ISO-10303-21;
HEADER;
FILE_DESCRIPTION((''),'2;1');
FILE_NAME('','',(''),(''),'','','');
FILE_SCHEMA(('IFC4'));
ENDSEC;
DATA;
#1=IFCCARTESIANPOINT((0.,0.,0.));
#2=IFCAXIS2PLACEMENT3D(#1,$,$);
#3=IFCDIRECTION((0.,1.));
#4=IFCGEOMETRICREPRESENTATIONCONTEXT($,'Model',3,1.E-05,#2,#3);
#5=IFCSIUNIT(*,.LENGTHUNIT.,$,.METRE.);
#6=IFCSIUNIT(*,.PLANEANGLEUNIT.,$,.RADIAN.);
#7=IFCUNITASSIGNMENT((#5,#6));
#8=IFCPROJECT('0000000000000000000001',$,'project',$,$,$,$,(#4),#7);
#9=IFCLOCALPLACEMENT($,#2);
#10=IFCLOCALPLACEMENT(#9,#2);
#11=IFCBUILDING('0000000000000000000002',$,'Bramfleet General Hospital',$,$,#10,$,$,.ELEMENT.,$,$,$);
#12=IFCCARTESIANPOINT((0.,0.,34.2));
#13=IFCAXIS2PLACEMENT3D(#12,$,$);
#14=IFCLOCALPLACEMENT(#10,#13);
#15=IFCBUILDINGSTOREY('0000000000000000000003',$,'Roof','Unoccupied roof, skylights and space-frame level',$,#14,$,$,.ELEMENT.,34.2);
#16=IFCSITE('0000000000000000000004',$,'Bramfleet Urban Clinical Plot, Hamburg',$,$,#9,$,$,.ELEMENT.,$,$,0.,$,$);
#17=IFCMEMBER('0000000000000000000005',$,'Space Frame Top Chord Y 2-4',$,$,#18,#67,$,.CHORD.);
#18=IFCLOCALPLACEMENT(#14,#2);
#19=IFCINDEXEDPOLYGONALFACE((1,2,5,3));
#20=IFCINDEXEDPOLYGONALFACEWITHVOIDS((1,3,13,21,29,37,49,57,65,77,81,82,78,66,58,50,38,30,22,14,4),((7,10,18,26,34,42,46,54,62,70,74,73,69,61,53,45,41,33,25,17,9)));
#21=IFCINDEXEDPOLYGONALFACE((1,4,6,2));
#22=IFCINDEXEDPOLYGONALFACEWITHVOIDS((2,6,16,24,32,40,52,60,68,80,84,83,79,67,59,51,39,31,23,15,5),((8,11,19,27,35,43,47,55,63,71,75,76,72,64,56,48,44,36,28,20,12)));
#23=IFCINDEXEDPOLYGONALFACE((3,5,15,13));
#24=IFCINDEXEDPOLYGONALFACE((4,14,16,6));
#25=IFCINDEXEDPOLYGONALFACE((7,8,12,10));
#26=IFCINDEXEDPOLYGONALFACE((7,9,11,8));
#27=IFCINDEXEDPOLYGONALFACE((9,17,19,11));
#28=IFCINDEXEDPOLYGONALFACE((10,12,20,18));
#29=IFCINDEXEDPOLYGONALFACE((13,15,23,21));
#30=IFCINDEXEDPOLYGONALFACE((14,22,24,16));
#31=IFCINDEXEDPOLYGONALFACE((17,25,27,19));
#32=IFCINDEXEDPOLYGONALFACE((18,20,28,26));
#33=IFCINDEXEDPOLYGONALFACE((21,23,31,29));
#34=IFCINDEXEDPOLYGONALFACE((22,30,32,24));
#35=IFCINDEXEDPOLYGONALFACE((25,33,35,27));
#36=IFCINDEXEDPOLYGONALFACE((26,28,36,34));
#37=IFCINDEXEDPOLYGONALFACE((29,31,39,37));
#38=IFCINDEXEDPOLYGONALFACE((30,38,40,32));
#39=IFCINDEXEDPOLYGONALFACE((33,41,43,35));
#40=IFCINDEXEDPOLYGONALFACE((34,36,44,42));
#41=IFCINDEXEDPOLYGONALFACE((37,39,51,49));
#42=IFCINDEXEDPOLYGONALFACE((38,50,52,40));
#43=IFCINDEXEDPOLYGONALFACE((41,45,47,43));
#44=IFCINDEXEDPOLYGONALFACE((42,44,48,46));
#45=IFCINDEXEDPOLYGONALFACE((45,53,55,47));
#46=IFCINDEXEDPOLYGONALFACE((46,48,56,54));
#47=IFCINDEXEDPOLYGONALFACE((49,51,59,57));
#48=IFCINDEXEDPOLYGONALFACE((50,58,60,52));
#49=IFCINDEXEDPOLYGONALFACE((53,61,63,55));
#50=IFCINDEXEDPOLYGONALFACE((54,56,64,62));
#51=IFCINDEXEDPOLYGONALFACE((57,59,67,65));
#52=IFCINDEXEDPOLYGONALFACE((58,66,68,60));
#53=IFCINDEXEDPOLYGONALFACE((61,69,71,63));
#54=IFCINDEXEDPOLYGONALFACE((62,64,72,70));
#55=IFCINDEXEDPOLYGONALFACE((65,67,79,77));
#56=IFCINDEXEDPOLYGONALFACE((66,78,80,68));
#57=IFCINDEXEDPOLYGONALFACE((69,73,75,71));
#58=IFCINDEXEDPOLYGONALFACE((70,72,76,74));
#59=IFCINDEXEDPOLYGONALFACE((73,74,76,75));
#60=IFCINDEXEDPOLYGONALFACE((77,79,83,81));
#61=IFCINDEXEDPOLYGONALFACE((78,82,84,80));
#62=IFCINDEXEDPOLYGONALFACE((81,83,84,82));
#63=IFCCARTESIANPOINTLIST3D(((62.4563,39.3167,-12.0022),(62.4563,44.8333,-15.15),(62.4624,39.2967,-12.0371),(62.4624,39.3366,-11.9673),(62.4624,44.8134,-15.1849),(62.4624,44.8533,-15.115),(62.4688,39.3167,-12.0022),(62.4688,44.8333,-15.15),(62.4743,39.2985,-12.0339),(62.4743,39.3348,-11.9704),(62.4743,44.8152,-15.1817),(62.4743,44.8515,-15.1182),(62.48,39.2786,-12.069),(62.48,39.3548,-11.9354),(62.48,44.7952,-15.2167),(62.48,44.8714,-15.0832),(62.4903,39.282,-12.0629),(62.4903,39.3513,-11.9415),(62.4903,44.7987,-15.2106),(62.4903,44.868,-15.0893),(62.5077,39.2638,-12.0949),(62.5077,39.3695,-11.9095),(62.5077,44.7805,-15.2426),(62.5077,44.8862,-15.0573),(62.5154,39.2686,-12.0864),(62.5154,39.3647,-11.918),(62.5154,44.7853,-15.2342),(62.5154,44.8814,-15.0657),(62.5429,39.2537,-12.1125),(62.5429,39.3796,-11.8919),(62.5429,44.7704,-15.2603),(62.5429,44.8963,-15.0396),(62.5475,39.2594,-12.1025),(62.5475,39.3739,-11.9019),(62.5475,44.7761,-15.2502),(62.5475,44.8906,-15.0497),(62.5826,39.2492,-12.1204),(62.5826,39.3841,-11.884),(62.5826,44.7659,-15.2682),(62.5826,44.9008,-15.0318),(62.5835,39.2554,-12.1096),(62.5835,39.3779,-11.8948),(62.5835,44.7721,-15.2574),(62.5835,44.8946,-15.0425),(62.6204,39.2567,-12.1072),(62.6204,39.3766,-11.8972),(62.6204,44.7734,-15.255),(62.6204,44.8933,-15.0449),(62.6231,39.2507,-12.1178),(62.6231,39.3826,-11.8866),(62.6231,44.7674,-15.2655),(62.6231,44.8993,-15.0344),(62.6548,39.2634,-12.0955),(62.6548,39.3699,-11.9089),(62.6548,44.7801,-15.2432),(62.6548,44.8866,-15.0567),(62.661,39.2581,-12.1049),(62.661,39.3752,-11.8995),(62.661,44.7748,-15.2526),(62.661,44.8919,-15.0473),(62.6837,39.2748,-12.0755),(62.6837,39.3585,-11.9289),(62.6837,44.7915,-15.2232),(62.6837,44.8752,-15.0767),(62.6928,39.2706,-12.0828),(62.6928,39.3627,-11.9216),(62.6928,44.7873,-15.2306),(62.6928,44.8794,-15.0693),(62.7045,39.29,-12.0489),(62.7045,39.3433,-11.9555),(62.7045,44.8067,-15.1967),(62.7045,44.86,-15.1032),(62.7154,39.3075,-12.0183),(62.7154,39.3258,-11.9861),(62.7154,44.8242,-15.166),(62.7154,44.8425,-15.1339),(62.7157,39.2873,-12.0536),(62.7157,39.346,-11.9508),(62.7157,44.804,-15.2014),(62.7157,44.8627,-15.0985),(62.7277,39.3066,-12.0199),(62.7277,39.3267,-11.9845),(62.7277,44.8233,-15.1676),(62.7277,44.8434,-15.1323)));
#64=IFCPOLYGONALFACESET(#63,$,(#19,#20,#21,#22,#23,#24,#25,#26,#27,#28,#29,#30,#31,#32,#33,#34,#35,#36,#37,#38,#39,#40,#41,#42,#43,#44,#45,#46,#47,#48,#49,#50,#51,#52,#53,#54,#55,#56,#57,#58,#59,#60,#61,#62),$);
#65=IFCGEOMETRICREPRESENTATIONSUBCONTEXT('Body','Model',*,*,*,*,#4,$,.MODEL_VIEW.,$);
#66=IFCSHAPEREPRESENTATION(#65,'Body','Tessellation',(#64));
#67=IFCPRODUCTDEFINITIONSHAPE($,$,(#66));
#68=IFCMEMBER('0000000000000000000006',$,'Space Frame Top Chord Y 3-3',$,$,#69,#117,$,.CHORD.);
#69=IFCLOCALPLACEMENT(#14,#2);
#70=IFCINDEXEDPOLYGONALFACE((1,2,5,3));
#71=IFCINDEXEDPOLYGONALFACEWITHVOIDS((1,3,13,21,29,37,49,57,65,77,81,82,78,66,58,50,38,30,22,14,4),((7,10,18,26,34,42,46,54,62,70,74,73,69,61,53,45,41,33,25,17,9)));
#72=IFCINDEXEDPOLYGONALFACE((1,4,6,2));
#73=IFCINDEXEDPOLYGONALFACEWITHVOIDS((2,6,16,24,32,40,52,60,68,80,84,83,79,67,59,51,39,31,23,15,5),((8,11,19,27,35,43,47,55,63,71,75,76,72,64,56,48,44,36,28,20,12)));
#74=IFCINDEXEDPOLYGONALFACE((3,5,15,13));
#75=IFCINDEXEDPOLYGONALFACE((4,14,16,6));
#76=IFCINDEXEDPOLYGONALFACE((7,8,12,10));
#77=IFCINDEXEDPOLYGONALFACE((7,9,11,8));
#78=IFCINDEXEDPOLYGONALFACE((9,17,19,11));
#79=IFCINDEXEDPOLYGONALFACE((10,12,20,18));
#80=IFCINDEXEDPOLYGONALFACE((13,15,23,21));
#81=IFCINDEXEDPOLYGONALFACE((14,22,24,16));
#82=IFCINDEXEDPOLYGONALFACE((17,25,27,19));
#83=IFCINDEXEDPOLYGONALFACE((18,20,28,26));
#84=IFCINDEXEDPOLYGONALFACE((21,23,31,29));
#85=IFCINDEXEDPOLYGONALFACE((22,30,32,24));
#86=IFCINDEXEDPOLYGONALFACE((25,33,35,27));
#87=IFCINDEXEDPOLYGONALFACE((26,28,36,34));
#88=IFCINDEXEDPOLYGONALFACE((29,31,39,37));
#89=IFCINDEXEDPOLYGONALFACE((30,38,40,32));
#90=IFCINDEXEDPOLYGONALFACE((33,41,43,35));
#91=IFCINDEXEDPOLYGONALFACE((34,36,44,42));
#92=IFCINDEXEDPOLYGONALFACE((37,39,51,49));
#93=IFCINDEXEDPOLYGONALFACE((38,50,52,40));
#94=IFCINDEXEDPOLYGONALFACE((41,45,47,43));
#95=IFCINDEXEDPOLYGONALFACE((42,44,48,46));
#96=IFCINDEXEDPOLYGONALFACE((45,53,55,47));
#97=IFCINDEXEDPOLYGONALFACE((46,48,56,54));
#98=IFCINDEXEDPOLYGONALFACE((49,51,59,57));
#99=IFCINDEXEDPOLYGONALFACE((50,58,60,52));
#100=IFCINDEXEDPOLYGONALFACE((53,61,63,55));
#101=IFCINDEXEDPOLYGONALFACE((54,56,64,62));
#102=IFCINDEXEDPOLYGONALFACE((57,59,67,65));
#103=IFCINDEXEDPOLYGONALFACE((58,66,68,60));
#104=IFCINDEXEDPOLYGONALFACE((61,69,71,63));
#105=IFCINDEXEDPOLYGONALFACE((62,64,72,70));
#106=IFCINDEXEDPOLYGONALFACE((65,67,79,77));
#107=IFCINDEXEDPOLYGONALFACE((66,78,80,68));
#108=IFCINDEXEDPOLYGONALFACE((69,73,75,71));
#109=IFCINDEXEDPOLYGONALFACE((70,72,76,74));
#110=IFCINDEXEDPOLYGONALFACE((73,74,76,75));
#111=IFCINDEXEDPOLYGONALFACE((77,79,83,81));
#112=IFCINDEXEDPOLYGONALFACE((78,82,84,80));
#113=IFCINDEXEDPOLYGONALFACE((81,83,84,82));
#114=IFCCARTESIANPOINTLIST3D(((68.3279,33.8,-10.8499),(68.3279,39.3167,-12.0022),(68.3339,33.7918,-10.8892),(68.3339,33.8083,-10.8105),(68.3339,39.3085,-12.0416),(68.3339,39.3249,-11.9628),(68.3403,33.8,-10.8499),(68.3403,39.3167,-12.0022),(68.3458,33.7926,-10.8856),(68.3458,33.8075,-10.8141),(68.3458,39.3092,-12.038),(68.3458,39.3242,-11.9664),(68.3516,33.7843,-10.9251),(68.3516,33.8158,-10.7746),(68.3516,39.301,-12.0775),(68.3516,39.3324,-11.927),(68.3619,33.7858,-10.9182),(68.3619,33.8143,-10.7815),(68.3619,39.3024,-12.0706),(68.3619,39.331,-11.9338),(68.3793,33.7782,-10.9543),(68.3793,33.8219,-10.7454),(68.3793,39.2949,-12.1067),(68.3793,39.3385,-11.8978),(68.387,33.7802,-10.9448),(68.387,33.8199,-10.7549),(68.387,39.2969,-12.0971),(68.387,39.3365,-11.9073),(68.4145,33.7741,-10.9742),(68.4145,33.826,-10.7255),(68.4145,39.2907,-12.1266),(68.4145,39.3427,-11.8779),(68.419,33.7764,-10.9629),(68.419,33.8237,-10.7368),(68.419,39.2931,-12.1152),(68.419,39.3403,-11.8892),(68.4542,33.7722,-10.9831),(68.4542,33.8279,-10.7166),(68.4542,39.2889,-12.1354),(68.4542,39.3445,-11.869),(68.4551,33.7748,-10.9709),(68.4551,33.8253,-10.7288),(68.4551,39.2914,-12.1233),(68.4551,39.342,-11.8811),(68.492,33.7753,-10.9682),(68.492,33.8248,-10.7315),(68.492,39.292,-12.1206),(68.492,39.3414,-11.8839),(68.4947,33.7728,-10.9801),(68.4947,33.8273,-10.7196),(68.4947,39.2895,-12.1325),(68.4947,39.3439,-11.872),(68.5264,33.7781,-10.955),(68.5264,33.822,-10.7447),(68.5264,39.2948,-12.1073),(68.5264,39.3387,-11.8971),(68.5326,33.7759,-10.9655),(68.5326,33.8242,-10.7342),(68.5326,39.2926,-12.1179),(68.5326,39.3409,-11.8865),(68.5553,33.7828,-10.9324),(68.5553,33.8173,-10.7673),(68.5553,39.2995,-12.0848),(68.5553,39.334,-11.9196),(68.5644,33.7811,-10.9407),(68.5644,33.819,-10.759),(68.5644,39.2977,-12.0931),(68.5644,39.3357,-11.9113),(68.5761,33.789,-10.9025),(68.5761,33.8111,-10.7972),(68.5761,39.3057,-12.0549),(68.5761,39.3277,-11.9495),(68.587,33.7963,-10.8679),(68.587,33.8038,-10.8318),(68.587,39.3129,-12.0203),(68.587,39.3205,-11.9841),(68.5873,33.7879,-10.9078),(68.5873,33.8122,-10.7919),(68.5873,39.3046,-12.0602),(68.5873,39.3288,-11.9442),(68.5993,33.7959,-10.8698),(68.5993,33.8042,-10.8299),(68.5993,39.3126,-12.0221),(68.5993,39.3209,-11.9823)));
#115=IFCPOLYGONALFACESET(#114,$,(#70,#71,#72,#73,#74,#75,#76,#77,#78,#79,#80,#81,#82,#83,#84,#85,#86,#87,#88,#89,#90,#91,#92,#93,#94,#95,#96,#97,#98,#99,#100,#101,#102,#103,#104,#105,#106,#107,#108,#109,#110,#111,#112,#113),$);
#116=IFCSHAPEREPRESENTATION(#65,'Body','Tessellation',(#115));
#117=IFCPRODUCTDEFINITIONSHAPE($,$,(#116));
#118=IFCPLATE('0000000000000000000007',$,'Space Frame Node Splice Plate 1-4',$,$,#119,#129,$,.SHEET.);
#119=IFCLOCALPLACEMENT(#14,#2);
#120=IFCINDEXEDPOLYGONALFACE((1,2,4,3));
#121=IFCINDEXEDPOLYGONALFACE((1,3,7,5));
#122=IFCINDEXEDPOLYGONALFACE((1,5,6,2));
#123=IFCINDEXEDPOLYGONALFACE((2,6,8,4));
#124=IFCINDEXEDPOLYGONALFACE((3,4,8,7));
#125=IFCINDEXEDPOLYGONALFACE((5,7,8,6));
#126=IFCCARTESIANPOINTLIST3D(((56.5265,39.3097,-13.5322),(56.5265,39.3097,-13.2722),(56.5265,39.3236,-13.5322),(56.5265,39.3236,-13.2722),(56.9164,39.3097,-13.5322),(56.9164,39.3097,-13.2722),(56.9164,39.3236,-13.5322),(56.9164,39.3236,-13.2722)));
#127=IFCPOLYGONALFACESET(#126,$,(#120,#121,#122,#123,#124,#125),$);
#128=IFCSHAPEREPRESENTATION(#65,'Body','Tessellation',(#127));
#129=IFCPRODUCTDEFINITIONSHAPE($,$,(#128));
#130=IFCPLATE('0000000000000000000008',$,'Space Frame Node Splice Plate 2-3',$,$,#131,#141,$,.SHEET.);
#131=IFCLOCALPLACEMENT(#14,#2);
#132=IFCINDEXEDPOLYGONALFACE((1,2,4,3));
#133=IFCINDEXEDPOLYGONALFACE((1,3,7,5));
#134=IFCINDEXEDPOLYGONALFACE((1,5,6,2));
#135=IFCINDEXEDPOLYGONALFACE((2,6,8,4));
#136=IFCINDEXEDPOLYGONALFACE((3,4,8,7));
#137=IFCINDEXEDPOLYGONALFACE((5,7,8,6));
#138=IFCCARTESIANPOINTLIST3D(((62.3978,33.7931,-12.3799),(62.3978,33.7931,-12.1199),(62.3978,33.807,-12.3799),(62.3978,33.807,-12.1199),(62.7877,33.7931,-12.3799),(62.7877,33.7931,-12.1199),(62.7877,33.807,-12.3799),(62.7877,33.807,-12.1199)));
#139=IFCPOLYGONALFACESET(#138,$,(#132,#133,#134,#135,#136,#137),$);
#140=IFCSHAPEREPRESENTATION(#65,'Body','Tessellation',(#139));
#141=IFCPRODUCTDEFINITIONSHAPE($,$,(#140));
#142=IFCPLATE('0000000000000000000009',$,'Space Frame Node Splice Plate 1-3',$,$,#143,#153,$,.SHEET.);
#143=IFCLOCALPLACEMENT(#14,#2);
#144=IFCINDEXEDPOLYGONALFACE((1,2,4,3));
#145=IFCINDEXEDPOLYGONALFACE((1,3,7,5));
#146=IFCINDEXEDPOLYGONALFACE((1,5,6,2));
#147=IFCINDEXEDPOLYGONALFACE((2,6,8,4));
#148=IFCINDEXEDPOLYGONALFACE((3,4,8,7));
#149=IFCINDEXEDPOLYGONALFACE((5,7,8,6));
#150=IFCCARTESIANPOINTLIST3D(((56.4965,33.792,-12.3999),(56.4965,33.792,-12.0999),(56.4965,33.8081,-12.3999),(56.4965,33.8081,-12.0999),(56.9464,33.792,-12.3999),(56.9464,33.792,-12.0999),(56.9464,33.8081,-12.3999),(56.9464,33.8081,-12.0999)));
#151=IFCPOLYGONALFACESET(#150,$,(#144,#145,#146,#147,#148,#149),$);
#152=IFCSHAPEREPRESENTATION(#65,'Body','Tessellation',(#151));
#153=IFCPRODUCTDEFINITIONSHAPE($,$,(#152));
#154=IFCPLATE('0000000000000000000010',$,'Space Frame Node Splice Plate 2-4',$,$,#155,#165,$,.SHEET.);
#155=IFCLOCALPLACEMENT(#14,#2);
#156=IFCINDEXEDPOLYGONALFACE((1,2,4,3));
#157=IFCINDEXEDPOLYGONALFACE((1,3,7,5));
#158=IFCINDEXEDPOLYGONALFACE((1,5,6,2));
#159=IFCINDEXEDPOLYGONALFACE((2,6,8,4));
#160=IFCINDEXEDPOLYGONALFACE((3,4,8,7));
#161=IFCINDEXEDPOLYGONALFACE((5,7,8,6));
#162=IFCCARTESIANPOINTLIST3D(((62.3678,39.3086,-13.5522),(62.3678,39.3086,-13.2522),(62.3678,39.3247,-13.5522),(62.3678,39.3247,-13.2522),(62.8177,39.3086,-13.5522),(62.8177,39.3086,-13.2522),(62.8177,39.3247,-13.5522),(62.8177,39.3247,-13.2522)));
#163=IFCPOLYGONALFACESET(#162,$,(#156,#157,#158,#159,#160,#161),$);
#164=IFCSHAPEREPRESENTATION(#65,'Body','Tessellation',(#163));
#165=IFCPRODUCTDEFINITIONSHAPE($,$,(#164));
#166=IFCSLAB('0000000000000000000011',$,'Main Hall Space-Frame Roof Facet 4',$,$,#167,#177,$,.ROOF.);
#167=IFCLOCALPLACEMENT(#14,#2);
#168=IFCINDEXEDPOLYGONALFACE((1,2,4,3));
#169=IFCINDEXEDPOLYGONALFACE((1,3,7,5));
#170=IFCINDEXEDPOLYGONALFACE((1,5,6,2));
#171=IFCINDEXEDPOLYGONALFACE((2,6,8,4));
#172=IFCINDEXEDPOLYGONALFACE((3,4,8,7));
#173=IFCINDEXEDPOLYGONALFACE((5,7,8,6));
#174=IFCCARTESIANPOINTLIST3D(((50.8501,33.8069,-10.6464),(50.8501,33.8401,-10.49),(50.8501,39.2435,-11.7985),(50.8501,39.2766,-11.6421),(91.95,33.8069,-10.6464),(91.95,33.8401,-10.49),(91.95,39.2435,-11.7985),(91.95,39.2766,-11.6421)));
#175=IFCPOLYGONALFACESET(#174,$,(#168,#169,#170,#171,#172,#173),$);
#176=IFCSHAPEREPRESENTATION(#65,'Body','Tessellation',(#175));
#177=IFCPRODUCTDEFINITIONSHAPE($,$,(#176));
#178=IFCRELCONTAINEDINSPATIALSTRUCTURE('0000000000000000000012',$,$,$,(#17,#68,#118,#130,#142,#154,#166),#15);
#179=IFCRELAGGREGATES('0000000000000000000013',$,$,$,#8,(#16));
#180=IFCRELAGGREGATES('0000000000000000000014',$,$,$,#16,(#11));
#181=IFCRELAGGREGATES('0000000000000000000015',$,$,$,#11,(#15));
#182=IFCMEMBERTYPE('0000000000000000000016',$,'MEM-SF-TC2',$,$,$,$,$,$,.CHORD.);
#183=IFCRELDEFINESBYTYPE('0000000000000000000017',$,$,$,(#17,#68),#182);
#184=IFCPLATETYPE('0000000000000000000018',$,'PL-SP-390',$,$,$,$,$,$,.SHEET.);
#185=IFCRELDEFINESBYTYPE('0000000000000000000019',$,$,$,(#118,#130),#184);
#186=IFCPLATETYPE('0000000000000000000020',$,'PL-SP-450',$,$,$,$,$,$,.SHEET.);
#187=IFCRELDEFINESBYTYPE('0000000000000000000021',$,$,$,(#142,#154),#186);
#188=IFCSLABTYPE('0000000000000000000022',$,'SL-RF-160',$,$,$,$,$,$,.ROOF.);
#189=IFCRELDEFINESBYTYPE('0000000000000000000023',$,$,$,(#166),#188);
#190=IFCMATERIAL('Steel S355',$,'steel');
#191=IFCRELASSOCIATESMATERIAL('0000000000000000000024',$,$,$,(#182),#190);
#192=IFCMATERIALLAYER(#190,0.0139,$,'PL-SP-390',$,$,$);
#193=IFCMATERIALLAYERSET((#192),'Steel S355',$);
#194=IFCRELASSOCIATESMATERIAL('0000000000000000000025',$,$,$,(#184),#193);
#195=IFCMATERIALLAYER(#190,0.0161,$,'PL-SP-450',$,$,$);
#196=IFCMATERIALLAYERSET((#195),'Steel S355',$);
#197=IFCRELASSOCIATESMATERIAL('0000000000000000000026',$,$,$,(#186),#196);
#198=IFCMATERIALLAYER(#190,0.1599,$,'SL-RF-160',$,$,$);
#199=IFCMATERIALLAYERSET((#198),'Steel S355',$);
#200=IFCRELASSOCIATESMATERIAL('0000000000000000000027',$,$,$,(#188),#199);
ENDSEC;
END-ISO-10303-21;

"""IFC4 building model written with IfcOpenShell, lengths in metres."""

from ifc_helpers import new_model, si_unit, direction, frame, origin, origin_2d, place, context, subcontext, project, spatial, polyline, rectangle, hollow_circle, outline, extrude, material, layer, layer_set, material_profile, profile_set, type_object, element, save


model = new_model("IFC4")

# Units and contexts
model_context = context("Model", 3, precision=1e-05, world=origin(), true_north=direction((0.0, 1.0)))
body_context = subcontext(model_context, "Body", "Model", "MODEL_VIEW")
ifc_project = project(units=[si_unit("LENGTHUNIT", "METRE"), si_unit("PLANEANGLEUNIT", "RADIAN")], contexts=[model_context])

# Site, building, storey
site_placement = place(None, origin())
site = spatial("IfcSite", under=ifc_project, at=site_placement, Name="Bramfleet Urban Clinical Plot, Hamburg", CompositionType="ELEMENT", RefElevation=0.0)
building_placement = place(site_placement, origin())
building = spatial("IfcBuilding", under=site, at=building_placement, Name="Bramfleet General Hospital", CompositionType="ELEMENT")
storey_placement = place(building_placement, frame((0.0, 0.0, 34.2)))
storey = spatial("IfcBuildingStorey", under=building, at=storey_placement, Name="Roof", Description="Unoccupied roof, skylights and space-frame level", CompositionType="ELEMENT", Elevation=34.2)

# Members
ifc_material = material(Name="Steel S355", Category="steel")
ifc_material_profile_1 = material_profile(ifc_material, hollow_circle(Radius=0.1365, WallThickness=0.0125, at=origin_2d()), Name="CHS 273.0x12.5")
ifc_profile_set_1 = profile_set([ifc_material_profile_1], Name="Steel S355")
member_type_1 = type_object("IfcMemberType", Name="MEM-SF-TC2", PredefinedType="CHORD", material=ifc_profile_set_1)
member_1_placement = place(storey_placement, frame((62.5928, 39.3167, -12.0022), z_axis=(0.0, 0.868558, -0.495588), x_axis=(-1.0, 0.0, 0.0)))
element("IfcMember", 1, at=member_1_placement, inside=storey, type_object=member_type_1, Name="Space Frame Top Chord Y 2-4", PredefinedType="CHORD", context=body_context, shape_type="SweptSolid", body=[
    extrude(hollow_circle(Radius=0.1365, WallThickness=0.0125, at=origin_2d()), origin(), (0.0, 0.0, 1.0), 6.3516),
])
member_2_placement = place(storey_placement, frame((68.4644, 33.8, -10.8499), z_axis=(0.0, 0.978872, -0.204473), x_axis=(-1.0, 0.0, 0.0)))
element("IfcMember", 2, at=member_2_placement, inside=storey, type_object=member_type_1, Name="Space Frame Top Chord Y 3-3", PredefinedType="CHORD", context=body_context, shape_type="SweptSolid", body=[
    extrude(hollow_circle(Radius=0.1365, WallThickness=0.0125, at=origin_2d()), origin(), (0.0, 0.0, 1.0), 5.6357),
])

# Plates
ifc_layer_1 = layer(ifc_material, 0.0139, Name="PL-SP-390")
ifc_layer_set_1 = layer_set([ifc_layer_1], Name="Steel S355")
plate_type_1 = type_object("IfcPlateType", Name="PL-SP-390", PredefinedType="SHEET", material=ifc_layer_set_1)
for number, where, z_axis, x_axis, name in (
    (3, (56.7214, 39.3167, -13.5322), (0.0, 0.0, 1.0), (1.0, 0.0, 0.0), "Space Frame Node Splice Plate 1-4"),
    (4, (62.5928, 33.8, -12.3799), (0.0, 0.0, 1.0), (1.0, 0.0, 0.0), "Space Frame Node Splice Plate 2-3"),
):
    element("IfcPlate", number, at=place(storey_placement, frame(where, z_axis=z_axis, x_axis=x_axis)), inside=storey, type_object=plate_type_1, Name=name, PredefinedType="SHEET", context=body_context, shape_type="SweptSolid", body=[
        extrude(rectangle(XDim=0.3899, YDim=0.0139, at=origin_2d()), origin(), (0.0, 0.0, 1.0), 0.26),
    ])
ifc_layer_2 = layer(ifc_material, 0.0161, Name="PL-SP-450")
ifc_layer_set_2 = layer_set([ifc_layer_2], Name="Steel S355")
plate_type_2 = type_object("IfcPlateType", Name="PL-SP-450", PredefinedType="SHEET", material=ifc_layer_set_2)
for number, where, z_axis, x_axis, name in (
    (5, (56.7214, 33.8, -12.3999), (0.0, 0.0, 1.0), (1.0, 0.0, 0.0), "Space Frame Node Splice Plate 1-3"),
    (6, (62.5928, 39.3167, -13.5522), (0.0, 0.0, 1.0), (1.0, 0.0, 0.0), "Space Frame Node Splice Plate 2-4"),
):
    element("IfcPlate", number, at=place(storey_placement, frame(where, z_axis=z_axis, x_axis=x_axis)), inside=storey, type_object=plate_type_2, Name=name, PredefinedType="SHEET", context=body_context, shape_type="SweptSolid", body=[
        extrude(rectangle(XDim=0.45, YDim=0.0161, at=origin_2d()), origin(), (0.0, 0.0, 1.0), 0.3),
    ])

# Slab
ifc_layer_3 = layer(ifc_material, 0.1599, Name="SL-RF-160")
ifc_layer_set_3 = layer_set([ifc_layer_3], Name="Steel S355")
slab_type = type_object("IfcSlabType", Name="SL-RF-160", PredefinedType="ROOF", material=ifc_layer_set_3)
slab_placement = place(storey_placement, frame((50.8501, 33.8401, -10.49), z_axis=(0.0, 0.207314, 0.978274), x_axis=(1.0, 0.0, 0.0)))
element("IfcSlab", 7, at=slab_placement, inside=storey, type_object=slab_type, Name="Main Hall Space-Frame Roof Facet 4", PredefinedType="ROOF", context=body_context, shape_type="SweptSolid", body=[
    extrude(outline(polyline([(0.0, 0.0), (41.0999, 0.0), (41.0999, 5.5573), (0.0, 5.5573), (0.0, 0.0)])), origin(), (0.0, 0.0, -1.0), 0.1599),
])

save(model, "model.ifc")
